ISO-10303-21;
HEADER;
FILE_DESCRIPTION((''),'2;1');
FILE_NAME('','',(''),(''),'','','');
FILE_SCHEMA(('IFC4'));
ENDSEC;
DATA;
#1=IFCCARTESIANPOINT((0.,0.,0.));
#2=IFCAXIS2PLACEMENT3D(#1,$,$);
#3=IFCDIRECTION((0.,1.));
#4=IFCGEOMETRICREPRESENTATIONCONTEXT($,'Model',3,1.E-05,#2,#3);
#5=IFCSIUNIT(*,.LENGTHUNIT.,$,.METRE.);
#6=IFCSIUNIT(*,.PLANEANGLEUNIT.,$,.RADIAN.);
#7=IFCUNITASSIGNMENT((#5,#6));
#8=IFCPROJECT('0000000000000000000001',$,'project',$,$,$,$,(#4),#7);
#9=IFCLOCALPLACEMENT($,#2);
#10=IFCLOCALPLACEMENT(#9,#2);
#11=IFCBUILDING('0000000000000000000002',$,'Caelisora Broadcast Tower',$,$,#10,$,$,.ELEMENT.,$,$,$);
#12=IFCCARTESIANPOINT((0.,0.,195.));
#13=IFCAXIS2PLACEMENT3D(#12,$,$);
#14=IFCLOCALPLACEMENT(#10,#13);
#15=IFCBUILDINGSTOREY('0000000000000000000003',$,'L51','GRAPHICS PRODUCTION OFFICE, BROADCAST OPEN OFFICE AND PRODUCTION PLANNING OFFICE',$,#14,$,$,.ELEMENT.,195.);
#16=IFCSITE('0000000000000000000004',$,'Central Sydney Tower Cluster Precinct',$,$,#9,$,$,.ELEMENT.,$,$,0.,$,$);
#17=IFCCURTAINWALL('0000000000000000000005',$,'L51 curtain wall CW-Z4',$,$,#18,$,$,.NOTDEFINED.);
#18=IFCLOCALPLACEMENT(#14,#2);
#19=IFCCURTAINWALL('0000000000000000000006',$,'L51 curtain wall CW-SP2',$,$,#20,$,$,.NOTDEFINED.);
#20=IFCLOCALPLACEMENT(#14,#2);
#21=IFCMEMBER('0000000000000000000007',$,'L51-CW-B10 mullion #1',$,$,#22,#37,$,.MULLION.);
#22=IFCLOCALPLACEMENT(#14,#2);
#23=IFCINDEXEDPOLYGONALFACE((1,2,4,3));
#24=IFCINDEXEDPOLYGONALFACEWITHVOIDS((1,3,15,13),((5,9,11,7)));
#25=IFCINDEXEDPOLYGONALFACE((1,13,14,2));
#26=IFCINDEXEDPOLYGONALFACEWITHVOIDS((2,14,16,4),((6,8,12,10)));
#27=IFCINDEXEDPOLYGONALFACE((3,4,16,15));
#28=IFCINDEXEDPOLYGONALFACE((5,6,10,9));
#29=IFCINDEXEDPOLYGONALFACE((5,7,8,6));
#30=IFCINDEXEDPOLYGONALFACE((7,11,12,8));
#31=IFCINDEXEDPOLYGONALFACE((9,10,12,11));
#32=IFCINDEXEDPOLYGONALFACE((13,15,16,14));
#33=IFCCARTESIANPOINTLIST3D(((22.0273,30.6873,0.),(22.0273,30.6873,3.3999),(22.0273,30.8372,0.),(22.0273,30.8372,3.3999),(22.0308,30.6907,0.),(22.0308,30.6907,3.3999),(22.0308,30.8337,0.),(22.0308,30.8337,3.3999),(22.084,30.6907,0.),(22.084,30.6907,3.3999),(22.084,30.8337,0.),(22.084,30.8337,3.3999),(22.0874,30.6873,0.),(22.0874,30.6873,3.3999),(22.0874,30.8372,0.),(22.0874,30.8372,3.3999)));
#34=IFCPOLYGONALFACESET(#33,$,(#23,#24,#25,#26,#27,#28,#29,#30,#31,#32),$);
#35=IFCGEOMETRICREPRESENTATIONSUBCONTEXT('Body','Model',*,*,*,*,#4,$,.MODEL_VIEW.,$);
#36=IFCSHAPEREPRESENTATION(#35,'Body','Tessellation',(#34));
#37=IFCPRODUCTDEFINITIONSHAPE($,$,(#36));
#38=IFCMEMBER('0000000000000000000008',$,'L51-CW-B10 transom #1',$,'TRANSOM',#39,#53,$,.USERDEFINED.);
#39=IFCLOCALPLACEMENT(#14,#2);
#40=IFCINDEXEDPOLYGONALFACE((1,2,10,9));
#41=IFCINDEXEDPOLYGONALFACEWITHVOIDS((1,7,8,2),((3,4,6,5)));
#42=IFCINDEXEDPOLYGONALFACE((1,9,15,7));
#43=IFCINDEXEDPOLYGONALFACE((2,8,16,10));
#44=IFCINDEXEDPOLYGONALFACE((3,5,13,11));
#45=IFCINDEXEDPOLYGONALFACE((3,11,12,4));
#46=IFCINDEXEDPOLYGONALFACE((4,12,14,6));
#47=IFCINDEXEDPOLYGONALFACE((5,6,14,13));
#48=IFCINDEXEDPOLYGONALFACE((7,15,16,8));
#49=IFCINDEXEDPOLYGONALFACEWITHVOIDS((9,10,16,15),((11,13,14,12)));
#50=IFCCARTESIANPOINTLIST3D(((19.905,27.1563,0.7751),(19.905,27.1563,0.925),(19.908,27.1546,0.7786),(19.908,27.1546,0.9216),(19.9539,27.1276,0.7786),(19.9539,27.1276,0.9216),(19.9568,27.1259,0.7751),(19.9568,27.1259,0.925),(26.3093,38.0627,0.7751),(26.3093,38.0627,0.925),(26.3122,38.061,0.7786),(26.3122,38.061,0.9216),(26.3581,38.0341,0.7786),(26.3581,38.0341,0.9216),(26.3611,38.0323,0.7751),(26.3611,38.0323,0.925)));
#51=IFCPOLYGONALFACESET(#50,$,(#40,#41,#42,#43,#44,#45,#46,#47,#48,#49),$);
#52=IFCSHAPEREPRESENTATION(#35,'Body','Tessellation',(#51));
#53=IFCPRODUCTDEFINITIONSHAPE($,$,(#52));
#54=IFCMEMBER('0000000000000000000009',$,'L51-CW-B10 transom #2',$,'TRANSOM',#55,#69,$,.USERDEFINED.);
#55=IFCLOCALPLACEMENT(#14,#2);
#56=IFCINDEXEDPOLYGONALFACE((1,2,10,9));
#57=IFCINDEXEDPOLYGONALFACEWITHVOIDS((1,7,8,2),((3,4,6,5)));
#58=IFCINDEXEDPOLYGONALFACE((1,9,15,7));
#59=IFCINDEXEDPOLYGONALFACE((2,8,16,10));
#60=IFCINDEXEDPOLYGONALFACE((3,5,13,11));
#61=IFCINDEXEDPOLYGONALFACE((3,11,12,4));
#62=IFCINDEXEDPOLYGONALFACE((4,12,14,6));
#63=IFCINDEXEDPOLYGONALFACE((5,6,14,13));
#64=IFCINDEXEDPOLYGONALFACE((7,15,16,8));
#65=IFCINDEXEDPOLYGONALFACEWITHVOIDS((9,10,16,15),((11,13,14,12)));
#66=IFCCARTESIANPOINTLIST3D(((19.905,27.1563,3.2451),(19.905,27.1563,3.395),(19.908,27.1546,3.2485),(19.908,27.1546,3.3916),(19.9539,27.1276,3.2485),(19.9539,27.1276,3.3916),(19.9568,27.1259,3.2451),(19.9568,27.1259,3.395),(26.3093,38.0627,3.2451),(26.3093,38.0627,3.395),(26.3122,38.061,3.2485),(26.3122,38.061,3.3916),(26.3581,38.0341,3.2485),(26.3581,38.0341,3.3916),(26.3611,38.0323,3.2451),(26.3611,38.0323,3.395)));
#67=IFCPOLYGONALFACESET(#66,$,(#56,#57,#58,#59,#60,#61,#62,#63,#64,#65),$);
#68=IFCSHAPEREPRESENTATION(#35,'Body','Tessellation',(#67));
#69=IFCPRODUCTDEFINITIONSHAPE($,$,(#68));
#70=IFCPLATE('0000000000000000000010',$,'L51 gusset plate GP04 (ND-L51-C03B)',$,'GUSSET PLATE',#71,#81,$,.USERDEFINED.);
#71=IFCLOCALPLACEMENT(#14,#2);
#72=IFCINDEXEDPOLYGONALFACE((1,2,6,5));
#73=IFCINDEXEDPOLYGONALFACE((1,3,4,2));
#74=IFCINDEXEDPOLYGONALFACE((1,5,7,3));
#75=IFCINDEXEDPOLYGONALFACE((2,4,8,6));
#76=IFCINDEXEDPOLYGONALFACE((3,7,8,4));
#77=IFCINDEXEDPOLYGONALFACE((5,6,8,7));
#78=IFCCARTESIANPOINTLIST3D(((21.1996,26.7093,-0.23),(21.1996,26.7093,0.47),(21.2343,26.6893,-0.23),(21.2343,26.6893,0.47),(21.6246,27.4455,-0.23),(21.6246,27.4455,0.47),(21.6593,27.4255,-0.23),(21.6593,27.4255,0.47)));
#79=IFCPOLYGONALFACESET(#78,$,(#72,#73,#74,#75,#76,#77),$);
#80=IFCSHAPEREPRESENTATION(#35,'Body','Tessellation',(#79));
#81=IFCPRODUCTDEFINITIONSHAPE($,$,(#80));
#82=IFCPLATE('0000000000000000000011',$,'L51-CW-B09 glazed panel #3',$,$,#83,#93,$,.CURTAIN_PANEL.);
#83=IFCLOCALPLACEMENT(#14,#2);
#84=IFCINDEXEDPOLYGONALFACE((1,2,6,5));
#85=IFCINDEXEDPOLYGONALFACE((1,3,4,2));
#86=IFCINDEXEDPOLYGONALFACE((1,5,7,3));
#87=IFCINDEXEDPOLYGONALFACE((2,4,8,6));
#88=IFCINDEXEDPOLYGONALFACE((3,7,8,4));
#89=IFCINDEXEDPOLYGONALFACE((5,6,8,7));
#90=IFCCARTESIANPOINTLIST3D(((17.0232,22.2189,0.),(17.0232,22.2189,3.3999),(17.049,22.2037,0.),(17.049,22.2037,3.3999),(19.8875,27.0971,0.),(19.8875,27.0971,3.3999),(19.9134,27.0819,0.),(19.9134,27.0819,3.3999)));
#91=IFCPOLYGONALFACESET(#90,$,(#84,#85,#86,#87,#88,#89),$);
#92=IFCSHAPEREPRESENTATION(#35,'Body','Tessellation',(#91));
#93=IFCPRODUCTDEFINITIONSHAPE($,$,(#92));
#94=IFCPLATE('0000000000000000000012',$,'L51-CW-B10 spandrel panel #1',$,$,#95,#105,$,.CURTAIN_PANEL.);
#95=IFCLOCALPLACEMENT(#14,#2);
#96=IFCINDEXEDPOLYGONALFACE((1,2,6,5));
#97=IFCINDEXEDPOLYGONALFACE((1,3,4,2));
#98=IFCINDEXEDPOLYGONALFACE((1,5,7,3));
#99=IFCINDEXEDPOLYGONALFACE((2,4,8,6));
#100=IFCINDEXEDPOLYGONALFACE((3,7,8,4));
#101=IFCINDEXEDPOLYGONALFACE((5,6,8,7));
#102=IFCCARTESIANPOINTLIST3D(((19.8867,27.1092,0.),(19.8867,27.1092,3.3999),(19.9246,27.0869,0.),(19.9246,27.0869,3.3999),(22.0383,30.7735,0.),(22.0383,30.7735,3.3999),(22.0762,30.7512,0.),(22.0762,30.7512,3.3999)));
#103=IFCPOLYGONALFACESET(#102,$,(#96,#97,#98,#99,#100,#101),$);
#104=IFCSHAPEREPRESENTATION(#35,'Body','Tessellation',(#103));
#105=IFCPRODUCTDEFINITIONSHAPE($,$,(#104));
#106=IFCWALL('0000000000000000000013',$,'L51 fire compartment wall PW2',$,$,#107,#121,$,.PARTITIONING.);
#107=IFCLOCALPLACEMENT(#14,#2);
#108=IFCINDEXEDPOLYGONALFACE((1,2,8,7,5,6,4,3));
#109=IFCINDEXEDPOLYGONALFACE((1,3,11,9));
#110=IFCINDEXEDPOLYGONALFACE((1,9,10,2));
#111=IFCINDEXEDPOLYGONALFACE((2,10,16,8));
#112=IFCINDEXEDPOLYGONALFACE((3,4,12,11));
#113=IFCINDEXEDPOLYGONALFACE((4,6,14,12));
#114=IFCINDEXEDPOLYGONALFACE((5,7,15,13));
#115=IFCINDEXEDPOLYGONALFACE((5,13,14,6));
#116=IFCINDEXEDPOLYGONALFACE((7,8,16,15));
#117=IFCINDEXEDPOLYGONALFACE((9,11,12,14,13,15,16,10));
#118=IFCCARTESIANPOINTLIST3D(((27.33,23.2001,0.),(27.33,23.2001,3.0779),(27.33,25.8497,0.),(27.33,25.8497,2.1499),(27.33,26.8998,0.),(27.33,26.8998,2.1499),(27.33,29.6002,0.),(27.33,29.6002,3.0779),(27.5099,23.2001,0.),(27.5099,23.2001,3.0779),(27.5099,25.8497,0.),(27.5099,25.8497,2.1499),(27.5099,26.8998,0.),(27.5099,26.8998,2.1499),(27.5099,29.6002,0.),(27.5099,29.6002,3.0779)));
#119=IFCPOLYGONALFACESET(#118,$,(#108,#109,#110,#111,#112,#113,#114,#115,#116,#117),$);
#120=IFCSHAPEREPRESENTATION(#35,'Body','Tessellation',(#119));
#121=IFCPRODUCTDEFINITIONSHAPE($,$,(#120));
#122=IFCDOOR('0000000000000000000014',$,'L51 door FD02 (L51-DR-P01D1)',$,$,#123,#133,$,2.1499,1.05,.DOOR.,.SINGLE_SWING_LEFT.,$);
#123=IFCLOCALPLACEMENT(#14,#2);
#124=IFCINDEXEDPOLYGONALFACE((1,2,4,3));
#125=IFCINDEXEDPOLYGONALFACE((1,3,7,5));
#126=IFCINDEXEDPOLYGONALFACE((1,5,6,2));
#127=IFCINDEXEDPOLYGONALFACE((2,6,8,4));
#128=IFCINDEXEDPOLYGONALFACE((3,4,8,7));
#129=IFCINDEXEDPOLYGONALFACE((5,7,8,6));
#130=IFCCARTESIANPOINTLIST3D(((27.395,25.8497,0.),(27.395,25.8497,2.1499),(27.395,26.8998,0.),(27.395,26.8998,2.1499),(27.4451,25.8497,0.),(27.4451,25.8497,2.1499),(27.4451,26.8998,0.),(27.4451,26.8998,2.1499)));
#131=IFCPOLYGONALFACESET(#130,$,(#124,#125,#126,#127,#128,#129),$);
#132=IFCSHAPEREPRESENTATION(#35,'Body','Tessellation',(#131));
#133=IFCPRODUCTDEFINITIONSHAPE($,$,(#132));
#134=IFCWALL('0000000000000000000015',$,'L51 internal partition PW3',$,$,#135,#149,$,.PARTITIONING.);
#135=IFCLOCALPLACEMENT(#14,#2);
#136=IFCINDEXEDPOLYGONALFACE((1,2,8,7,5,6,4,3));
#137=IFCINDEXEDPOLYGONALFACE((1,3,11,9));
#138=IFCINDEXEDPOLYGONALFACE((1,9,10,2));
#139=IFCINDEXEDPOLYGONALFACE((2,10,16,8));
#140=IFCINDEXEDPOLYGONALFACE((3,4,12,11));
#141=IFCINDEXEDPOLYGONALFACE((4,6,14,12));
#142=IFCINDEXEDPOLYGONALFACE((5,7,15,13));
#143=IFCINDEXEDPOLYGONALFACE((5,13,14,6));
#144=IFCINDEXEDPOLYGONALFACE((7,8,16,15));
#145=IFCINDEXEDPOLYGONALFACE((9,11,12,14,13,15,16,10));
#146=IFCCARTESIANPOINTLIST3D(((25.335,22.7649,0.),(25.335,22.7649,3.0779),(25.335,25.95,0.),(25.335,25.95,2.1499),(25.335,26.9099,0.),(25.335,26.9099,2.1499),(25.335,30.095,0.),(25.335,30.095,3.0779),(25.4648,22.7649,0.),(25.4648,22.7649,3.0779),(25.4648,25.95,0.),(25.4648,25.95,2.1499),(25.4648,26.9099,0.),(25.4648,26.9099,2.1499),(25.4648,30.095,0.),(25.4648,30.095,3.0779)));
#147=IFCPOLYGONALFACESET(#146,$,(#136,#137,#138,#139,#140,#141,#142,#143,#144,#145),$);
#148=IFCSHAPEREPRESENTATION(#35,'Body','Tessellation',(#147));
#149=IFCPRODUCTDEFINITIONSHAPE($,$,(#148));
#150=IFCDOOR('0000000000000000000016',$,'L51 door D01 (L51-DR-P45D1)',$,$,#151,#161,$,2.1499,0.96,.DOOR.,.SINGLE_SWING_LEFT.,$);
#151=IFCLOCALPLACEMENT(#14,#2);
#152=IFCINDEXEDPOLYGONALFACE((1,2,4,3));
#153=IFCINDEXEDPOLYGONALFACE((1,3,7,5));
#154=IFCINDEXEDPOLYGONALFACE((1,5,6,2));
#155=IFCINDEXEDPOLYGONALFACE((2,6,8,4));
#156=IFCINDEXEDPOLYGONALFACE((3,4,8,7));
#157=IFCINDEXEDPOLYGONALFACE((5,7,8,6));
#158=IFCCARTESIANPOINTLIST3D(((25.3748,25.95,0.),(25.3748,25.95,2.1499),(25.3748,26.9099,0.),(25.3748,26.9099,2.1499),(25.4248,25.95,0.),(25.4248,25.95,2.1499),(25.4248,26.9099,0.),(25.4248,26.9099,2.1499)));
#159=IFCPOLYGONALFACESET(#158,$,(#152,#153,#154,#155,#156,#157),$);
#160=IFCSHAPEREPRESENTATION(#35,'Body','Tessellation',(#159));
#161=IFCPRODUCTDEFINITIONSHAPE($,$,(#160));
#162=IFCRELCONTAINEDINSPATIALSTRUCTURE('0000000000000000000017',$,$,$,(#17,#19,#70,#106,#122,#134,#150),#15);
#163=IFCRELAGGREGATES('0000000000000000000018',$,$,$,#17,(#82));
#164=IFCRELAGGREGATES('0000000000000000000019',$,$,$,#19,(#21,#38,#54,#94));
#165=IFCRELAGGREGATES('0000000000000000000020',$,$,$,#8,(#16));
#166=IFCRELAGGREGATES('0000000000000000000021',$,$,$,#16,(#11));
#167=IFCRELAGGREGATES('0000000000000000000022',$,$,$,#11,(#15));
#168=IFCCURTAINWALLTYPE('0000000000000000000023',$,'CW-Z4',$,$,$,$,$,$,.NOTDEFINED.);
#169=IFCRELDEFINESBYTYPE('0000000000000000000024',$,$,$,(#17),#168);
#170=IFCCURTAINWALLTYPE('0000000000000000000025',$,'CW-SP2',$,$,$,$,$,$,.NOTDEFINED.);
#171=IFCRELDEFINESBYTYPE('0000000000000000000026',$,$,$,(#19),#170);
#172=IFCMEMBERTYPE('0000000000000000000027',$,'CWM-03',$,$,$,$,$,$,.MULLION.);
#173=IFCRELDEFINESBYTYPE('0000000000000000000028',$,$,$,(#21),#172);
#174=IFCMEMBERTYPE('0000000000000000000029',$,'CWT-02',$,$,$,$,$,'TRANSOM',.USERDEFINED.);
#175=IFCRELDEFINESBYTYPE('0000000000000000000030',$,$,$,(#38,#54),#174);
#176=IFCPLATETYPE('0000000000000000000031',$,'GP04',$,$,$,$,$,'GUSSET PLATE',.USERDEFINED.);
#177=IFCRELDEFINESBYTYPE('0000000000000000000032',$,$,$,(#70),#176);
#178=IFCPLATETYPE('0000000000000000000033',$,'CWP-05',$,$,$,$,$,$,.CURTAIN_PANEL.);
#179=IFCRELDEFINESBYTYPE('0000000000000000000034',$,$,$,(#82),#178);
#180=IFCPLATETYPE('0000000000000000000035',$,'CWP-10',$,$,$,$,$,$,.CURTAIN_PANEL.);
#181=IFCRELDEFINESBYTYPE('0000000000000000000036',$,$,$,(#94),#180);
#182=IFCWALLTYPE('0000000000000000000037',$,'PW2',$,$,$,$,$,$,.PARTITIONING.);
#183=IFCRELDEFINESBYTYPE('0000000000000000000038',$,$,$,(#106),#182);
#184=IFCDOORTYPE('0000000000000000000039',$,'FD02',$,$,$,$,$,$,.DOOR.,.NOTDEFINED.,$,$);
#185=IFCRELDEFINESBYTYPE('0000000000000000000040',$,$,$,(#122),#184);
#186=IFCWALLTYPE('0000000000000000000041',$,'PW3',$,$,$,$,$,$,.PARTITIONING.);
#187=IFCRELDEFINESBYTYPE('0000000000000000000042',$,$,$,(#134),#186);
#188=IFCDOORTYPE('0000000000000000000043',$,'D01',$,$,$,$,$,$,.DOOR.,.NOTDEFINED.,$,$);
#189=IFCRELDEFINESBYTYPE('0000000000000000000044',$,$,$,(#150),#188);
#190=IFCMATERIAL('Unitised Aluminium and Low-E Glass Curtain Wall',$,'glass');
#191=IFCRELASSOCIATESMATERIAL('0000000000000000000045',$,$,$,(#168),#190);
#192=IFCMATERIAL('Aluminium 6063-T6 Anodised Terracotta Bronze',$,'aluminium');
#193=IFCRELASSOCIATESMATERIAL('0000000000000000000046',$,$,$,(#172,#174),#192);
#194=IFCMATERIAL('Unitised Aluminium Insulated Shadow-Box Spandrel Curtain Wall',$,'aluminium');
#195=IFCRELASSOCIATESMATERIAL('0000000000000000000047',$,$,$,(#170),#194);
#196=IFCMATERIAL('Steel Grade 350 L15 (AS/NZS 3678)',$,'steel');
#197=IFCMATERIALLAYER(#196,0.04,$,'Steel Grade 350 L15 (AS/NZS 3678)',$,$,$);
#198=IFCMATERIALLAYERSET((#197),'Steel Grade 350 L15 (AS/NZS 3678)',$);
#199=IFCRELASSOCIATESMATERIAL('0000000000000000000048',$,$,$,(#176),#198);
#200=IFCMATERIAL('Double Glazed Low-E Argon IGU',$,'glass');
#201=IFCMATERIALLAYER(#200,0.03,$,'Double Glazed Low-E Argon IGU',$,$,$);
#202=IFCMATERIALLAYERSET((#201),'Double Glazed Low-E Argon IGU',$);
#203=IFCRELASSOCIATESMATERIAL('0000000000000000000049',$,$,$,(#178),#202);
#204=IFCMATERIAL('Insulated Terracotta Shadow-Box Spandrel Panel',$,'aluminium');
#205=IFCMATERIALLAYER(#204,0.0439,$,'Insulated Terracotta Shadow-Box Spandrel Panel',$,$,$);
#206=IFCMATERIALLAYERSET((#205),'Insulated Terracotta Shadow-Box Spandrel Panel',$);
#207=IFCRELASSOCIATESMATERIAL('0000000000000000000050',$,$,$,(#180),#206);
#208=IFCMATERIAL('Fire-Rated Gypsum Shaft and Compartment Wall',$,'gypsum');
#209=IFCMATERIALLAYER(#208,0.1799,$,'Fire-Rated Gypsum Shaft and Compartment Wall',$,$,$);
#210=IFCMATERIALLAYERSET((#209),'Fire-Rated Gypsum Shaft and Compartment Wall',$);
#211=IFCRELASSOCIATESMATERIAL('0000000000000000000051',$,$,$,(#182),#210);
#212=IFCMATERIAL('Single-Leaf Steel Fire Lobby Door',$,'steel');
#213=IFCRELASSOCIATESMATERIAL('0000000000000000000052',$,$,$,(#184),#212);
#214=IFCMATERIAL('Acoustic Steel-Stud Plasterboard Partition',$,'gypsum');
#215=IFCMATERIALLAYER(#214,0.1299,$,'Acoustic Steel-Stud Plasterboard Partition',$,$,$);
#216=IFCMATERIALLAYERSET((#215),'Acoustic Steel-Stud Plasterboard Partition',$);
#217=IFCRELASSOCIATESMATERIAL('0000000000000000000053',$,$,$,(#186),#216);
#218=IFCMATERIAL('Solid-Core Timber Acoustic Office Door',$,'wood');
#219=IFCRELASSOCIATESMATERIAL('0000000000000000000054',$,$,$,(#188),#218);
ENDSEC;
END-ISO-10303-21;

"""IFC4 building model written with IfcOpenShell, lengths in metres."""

from ifc_helpers import new_model, si_unit, direction, frame, frame_2d, origin, origin_2d, place, context, subcontext, project, spatial, rectangle, hollow_rectangle, extrude, source, transform, mapped, material, layer, layer_set, material_profile, profile_set, type_object, type_shapes, element, fill, aggregate, save


model = new_model("IFC4")

# Units and contexts
model_context = context("Model", 3, precision=1e-05, world=origin(), true_north=direction((0.0, 1.0)))
body_context = subcontext(model_context, "Body", "Model", "MODEL_VIEW")
ifc_project = project(units=[si_unit("LENGTHUNIT", "METRE"), si_unit("PLANEANGLEUNIT", "RADIAN")], contexts=[model_context])

# Site, building, storey
site_placement = place(None, origin())
site = spatial("IfcSite", under=ifc_project, at=site_placement, Name="Central Sydney Tower Cluster Precinct", CompositionType="ELEMENT", RefElevation=0.0)
building_placement = place(site_placement, origin())
building = spatial("IfcBuilding", under=site, at=building_placement, Name="Caelisora Broadcast Tower", CompositionType="ELEMENT")
storey_placement = place(building_placement, frame((0.0, 0.0, 195.0)))
storey = spatial("IfcBuildingStorey", under=building, at=storey_placement, Name="L51", Description="GRAPHICS PRODUCTION OFFICE, BROADCAST OPEN OFFICE AND PRODUCTION PLANNING OFFICE", CompositionType="ELEMENT", Elevation=195.0)

# Shared definitions
ifc_material_1 = material(Name="Steel Grade 350 L15 (AS/NZS 3678)", Category="steel")

# Curtain wall
ifc_material_2 = material(Name="Unitised Aluminium and Low-E Glass Curtain Wall", Category="glass")
curtain_wall_type_1 = type_object("IfcCurtainWallType", Name="CW-Z4", PredefinedType="NOTDEFINED", material=ifc_material_2)
curtain_wall_1_placement = place(storey_placement, origin())
curtain_wall_1 = element("IfcCurtainWall", 1, at=curtain_wall_1_placement, inside=storey, type_object=curtain_wall_type_1, Name="L51 curtain wall CW-Z4", PredefinedType="NOTDEFINED")
ifc_material_3 = material(Name="Aluminium 6063-T6 Anodised Terracotta Bronze", Category="aluminium")
ifc_material_profile_1 = material_profile(ifc_material_3, hollow_rectangle(XDim=0.0601, YDim=0.1499, WallThickness=0.0034, at=origin_2d()), Name="Aluminium 6063-T6 Anodised Terracotta Bronze")
ifc_profile_set_1 = profile_set([ifc_material_profile_1], Name="Aluminium 6063-T6 Anodised Terracotta Bronze")
member_type_1 = type_object("IfcMemberType", Name="CWM-03", PredefinedType="MULLION", material=ifc_profile_set_1)
shared_shape_1 = source(origin(), body_context, "Body", "SweptSolid", [
    extrude(hollow_rectangle(XDim=0.0601, YDim=0.1499, WallThickness=0.0034, at=origin_2d()), origin(), (0.0, 0.0, 1.0), 3.3999),
])
type_shapes(member_type_1, [shared_shape_1])

# Curtain wall, members
ifc_material_4 = material(Name="Unitised Aluminium Insulated Shadow-Box Spandrel Curtain Wall", Category="aluminium")
curtain_wall_type_2 = type_object("IfcCurtainWallType", Name="CW-SP2", PredefinedType="NOTDEFINED", material=ifc_material_4)
curtain_wall_2_placement = place(storey_placement, origin())
curtain_wall_2 = element("IfcCurtainWall", 2, at=curtain_wall_2_placement, inside=storey, type_object=curtain_wall_type_2, Name="L51 curtain wall CW-SP2", PredefinedType="NOTDEFINED")
member_1_placement = place(storey_placement, frame((22.0574, 30.7622, 0.0), z_axis=(0.0, 0.0, 1.0), x_axis=(1.0, 0.0, 0.0)))
member_1 = element("IfcMember", 3, at=member_1_placement, type_object=member_type_1, Name="L51-CW-B10 mullion #1", PredefinedType="MULLION", context=body_context, shape_type="MappedRepresentation", body=[
    mapped(shared_shape_1, transform((0.0, 0.0, 0.0), scale=1.0)),
])
ifc_material_profile_2 = material_profile(ifc_material_3, hollow_rectangle(XDim=0.0601, YDim=0.1499, WallThickness=0.0034, at=origin_2d()), Name="Aluminium 6063-T6 Anodised Terracotta Bronze")
ifc_profile_set_2 = profile_set([ifc_material_profile_2], Name="Aluminium 6063-T6 Anodised Terracotta Bronze")
member_type_2 = type_object("IfcMemberType", Name="CWT-02", ElementType="TRANSOM", PredefinedType="USERDEFINED", material=ifc_profile_set_2)
shared_shape_2 = source(origin(), body_context, "Body", "SweptSolid", [
    extrude(hollow_rectangle(XDim=0.0601, YDim=0.1499, WallThickness=0.0034, at=origin_2d()), origin(), (0.0, 0.0, 1.0), 12.6477),
])
type_shapes(member_type_2, [shared_shape_2])
member_2_placement = place(storey_placement, frame((19.9309, 27.1411, 0.8501), z_axis=(0.506357, 0.862324, 0.0), x_axis=(-0.862324, 0.506357, 0.0)))
member_2 = element("IfcMember", 4, at=member_2_placement, type_object=member_type_2, Name="L51-CW-B10 transom #1", ObjectType="TRANSOM", PredefinedType="USERDEFINED", context=body_context, shape_type="MappedRepresentation", body=[
    mapped(shared_shape_2, transform((0.0, 0.0, 0.0), scale=1.0)),
])
member_3_placement = place(storey_placement, frame((19.9309, 27.1411, 3.3201), z_axis=(0.506357, 0.862324, 0.0), x_axis=(-0.862324, 0.506357, 0.0)))
member_3 = element("IfcMember", 5, at=member_3_placement, type_object=member_type_2, Name="L51-CW-B10 transom #2", ObjectType="TRANSOM", PredefinedType="USERDEFINED", context=body_context, shape_type="MappedRepresentation", body=[
    mapped(shared_shape_2, transform((0.0, 0.0, 0.0), scale=1.0)),
])

# Plates
ifc_layer_1 = layer(ifc_material_1, 0.04, Name="Steel Grade 350 L15 (AS/NZS 3678)")
ifc_layer_set_1 = layer_set([ifc_layer_1], Name="Steel Grade 350 L15 (AS/NZS 3678)")
plate_type_1 = type_object("IfcPlateType", Name="GP04", ElementType="GUSSET PLATE", PredefinedType="USERDEFINED", material=ifc_layer_set_1)
shared_shape_3 = source(origin(), body_context, "Body", "SweptSolid", [
    extrude(rectangle(XDim=0.8501, YDim=0.04, at=origin_2d()), origin(), (0.0, 0.0, 1.0), 0.7),
])
type_shapes(plate_type_1, [shared_shape_3])
plate_1_placement = place(storey_placement, frame((21.4294, 27.0674, -0.23), z_axis=(0.0, 0.0, 1.0), x_axis=(-0.5, -0.866025, 0.0)))
element("IfcPlate", 6, at=plate_1_placement, inside=storey, type_object=plate_type_1, Name="L51 gusset plate GP04 (ND-L51-C03B)", ObjectType="GUSSET PLATE", PredefinedType="USERDEFINED", context=body_context, shape_type="MappedRepresentation", body=[
    mapped(shared_shape_3, transform((0.0, 0.0, 0.0), scale=1.0)),
])
ifc_material_5 = material(Name="Double Glazed Low-E Argon IGU", Category="glass")
ifc_layer_2 = layer(ifc_material_5, 0.03, Name="Double Glazed Low-E Argon IGU")
ifc_layer_set_2 = layer_set([ifc_layer_2], Name="Double Glazed Low-E Argon IGU")
plate_type_2 = type_object("IfcPlateType", Name="CWP-05", PredefinedType="CURTAIN_PANEL", material=ifc_layer_set_2)
shared_shape_4 = source(origin(), body_context, "Body", "SweptSolid", [
    extrude(rectangle(XDim=5.657, YDim=0.03, at=origin_2d()), origin(), (0.0, 0.0, 1.0), 3.3999),
])
type_shapes(plate_type_2, [shared_shape_4])
plate_2_placement = place(storey_placement, frame((18.4683, 24.6504, 0.0), z_axis=(0.0, 0.0, 1.0), x_axis=(0.506335, 0.862337, 0.0)))
plate_2 = element("IfcPlate", 7, at=plate_2_placement, type_object=plate_type_2, Name="L51-CW-B09 glazed panel #3", PredefinedType="CURTAIN_PANEL", context=body_context, shape_type="MappedRepresentation", body=[
    mapped(shared_shape_4, transform((0.0, 0.0, 0.0), scale=1.0)),
])
aggregate(curtain_wall_1, [plate_2])
ifc_material_6 = material(Name="Insulated Terracotta Shadow-Box Spandrel Panel", Category="aluminium")
ifc_layer_3 = layer(ifc_material_6, 0.0439, Name="Insulated Terracotta Shadow-Box Spandrel Panel")
ifc_layer_set_3 = layer_set([ifc_layer_3], Name="Insulated Terracotta Shadow-Box Spandrel Panel")
plate_type_3 = type_object("IfcPlateType", Name="CWP-10", PredefinedType="CURTAIN_PANEL", material=ifc_layer_set_3)
shared_shape_5 = source(origin(), body_context, "Body", "SweptSolid", [
    extrude(rectangle(XDim=4.2493, YDim=0.0439, at=origin_2d()), origin(), (0.0, 0.0, 1.0), 3.3999),
])
type_shapes(plate_type_3, [shared_shape_5])
plate_3_placement = place(storey_placement, frame((20.9814, 28.9302, 0.0), z_axis=(0.0, 0.0, 1.0), x_axis=(0.506335, 0.862337, 0.0)))
plate_3 = element("IfcPlate", 8, at=plate_3_placement, type_object=plate_type_3, Name="L51-CW-B10 spandrel panel #1", PredefinedType="CURTAIN_PANEL", context=body_context, shape_type="MappedRepresentation", body=[
    mapped(shared_shape_5, transform((0.0, 0.0, 0.0), scale=1.0)),
])
aggregate(curtain_wall_2, [member_1, member_2, member_3, plate_3])

# Walls, openings, doors
ifc_material_7 = material(Name="Fire-Rated Gypsum Shaft and Compartment Wall", Category="gypsum")
ifc_layer_4 = layer(ifc_material_7, 0.1799, Name="Fire-Rated Gypsum Shaft and Compartment Wall")
ifc_layer_set_4 = layer_set([ifc_layer_4], Name="Fire-Rated Gypsum Shaft and Compartment Wall")
wall_type_1 = type_object("IfcWallType", Name="PW2", PredefinedType="PARTITIONING", material=ifc_layer_set_4)
wall_1_placement = place(storey_placement, frame((27.4199, 23.2, 0.0), z_axis=(0.0, 0.0, 1.0), x_axis=(0.0, 1.0, 0.0)))
wall_1 = element("IfcWall", 9, at=wall_1_placement, inside=storey, type_object=wall_type_1, Name="L51 fire compartment wall PW2", PredefinedType="PARTITIONING", context=body_context, shape_type="SweptSolid", body=[
    extrude(rectangle(XDim=6.4001, YDim=0.1799, at=frame_2d((3.2002, 0.0))), origin(), (0.0, 0.0, 1.0), 3.0779),
])
opening_1_placement = place(wall_1_placement, frame((2.6499, 0.0, 0.0)))
opening_1 = element("IfcOpeningElement", 10, at=opening_1_placement, cuts=wall_1, PredefinedType="OPENING", context=body_context, shape_type="SweptSolid", body=[
    extrude(rectangle(XDim=1.05, YDim=2.1499, at=frame_2d((0.5249, 1.075))), frame((0.0, 0.1021, 0.0), z_axis=(0.0, -1.0, 0.0), x_axis=(1.0, 0.0, 0.0)), (0.0, 0.0, 1.0), 0.2039),
])
ifc_material_8 = material(Name="Single-Leaf Steel Fire Lobby Door", Category="steel")
door_type_1 = type_object("IfcDoorType", Name="FD02", OperationType="NOTDEFINED", PredefinedType="DOOR", material=ifc_material_8)
door_1_placement = place(opening_1_placement, origin())
door_1 = element("IfcDoor", 11, at=door_1_placement, inside=storey, type_object=door_type_1, Name="L51 door FD02 (L51-DR-P01D1)", OperationType="SINGLE_SWING_LEFT", OverallHeight=2.1499, OverallWidth=1.05, PredefinedType="DOOR", context=body_context, shape_type="SweptSolid", body=[
    extrude(rectangle(XDim=1.05, YDim=2.1499, at=frame_2d((0.5249, 1.075))), frame((0.0, 0.0249, 0.0), z_axis=(0.0, -1.0, 0.0), x_axis=(1.0, 0.0, 0.0)), (0.0, 0.0, 1.0), 0.05),
])
fill(opening_1, door_1)
ifc_material_9 = material(Name="Acoustic Steel-Stud Plasterboard Partition", Category="gypsum")
ifc_layer_5 = layer(ifc_material_9, 0.1299, Name="Acoustic Steel-Stud Plasterboard Partition")
ifc_layer_set_5 = layer_set([ifc_layer_5], Name="Acoustic Steel-Stud Plasterboard Partition")
wall_type_2 = type_object("IfcWallType", Name="PW3", PredefinedType="PARTITIONING", material=ifc_layer_set_5)
wall_2_placement = place(storey_placement, frame((25.3999, 30.095, 0.0), z_axis=(0.0, 0.0, 1.0), x_axis=(0.0, -1.0, 0.0)))
wall_2 = element("IfcWall", 12, at=wall_2_placement, inside=storey, type_object=wall_type_2, Name="L51 internal partition PW3", PredefinedType="PARTITIONING", context=body_context, shape_type="SweptSolid", body=[
    extrude(rectangle(XDim=7.3301, YDim=0.1299, at=frame_2d((3.665, 0.0))), origin(), (0.0, 0.0, 1.0), 3.0779),
])
opening_2_placement = place(wall_2_placement, frame((3.1851, 0.0, 0.0)))
opening_2 = element("IfcOpeningElement", 13, at=opening_2_placement, cuts=wall_2, PredefinedType="OPENING", context=body_context, shape_type="SweptSolid", body=[
    extrude(rectangle(XDim=0.96, YDim=2.1499, at=frame_2d((0.48, 1.075))), frame((0.0, 0.0769, 0.0), z_axis=(0.0, -1.0, 0.0), x_axis=(1.0, 0.0, 0.0)), (0.0, 0.0, 1.0), 0.1538),
])
ifc_material_10 = material(Name="Solid-Core Timber Acoustic Office Door", Category="wood")
door_type_2 = type_object("IfcDoorType", Name="D01", OperationType="NOTDEFINED", PredefinedType="DOOR", material=ifc_material_10)
door_2_placement = place(opening_2_placement, origin())
door_2 = element("IfcDoor", 14, at=door_2_placement, inside=storey, type_object=door_type_2, Name="L51 door D01 (L51-DR-P45D1)", OperationType="SINGLE_SWING_LEFT", OverallHeight=2.1499, OverallWidth=0.96, PredefinedType="DOOR", context=body_context, shape_type="SweptSolid", body=[
    extrude(rectangle(XDim=0.96, YDim=2.1499, at=frame_2d((0.48, 1.075))), frame((0.0, 0.0249, 0.0), z_axis=(0.0, -1.0, 0.0), x_axis=(1.0, 0.0, 0.0)), (0.0, 0.0, 1.0), 0.05),
])
fill(opening_2, door_2)

save(model, "model.ifc")
